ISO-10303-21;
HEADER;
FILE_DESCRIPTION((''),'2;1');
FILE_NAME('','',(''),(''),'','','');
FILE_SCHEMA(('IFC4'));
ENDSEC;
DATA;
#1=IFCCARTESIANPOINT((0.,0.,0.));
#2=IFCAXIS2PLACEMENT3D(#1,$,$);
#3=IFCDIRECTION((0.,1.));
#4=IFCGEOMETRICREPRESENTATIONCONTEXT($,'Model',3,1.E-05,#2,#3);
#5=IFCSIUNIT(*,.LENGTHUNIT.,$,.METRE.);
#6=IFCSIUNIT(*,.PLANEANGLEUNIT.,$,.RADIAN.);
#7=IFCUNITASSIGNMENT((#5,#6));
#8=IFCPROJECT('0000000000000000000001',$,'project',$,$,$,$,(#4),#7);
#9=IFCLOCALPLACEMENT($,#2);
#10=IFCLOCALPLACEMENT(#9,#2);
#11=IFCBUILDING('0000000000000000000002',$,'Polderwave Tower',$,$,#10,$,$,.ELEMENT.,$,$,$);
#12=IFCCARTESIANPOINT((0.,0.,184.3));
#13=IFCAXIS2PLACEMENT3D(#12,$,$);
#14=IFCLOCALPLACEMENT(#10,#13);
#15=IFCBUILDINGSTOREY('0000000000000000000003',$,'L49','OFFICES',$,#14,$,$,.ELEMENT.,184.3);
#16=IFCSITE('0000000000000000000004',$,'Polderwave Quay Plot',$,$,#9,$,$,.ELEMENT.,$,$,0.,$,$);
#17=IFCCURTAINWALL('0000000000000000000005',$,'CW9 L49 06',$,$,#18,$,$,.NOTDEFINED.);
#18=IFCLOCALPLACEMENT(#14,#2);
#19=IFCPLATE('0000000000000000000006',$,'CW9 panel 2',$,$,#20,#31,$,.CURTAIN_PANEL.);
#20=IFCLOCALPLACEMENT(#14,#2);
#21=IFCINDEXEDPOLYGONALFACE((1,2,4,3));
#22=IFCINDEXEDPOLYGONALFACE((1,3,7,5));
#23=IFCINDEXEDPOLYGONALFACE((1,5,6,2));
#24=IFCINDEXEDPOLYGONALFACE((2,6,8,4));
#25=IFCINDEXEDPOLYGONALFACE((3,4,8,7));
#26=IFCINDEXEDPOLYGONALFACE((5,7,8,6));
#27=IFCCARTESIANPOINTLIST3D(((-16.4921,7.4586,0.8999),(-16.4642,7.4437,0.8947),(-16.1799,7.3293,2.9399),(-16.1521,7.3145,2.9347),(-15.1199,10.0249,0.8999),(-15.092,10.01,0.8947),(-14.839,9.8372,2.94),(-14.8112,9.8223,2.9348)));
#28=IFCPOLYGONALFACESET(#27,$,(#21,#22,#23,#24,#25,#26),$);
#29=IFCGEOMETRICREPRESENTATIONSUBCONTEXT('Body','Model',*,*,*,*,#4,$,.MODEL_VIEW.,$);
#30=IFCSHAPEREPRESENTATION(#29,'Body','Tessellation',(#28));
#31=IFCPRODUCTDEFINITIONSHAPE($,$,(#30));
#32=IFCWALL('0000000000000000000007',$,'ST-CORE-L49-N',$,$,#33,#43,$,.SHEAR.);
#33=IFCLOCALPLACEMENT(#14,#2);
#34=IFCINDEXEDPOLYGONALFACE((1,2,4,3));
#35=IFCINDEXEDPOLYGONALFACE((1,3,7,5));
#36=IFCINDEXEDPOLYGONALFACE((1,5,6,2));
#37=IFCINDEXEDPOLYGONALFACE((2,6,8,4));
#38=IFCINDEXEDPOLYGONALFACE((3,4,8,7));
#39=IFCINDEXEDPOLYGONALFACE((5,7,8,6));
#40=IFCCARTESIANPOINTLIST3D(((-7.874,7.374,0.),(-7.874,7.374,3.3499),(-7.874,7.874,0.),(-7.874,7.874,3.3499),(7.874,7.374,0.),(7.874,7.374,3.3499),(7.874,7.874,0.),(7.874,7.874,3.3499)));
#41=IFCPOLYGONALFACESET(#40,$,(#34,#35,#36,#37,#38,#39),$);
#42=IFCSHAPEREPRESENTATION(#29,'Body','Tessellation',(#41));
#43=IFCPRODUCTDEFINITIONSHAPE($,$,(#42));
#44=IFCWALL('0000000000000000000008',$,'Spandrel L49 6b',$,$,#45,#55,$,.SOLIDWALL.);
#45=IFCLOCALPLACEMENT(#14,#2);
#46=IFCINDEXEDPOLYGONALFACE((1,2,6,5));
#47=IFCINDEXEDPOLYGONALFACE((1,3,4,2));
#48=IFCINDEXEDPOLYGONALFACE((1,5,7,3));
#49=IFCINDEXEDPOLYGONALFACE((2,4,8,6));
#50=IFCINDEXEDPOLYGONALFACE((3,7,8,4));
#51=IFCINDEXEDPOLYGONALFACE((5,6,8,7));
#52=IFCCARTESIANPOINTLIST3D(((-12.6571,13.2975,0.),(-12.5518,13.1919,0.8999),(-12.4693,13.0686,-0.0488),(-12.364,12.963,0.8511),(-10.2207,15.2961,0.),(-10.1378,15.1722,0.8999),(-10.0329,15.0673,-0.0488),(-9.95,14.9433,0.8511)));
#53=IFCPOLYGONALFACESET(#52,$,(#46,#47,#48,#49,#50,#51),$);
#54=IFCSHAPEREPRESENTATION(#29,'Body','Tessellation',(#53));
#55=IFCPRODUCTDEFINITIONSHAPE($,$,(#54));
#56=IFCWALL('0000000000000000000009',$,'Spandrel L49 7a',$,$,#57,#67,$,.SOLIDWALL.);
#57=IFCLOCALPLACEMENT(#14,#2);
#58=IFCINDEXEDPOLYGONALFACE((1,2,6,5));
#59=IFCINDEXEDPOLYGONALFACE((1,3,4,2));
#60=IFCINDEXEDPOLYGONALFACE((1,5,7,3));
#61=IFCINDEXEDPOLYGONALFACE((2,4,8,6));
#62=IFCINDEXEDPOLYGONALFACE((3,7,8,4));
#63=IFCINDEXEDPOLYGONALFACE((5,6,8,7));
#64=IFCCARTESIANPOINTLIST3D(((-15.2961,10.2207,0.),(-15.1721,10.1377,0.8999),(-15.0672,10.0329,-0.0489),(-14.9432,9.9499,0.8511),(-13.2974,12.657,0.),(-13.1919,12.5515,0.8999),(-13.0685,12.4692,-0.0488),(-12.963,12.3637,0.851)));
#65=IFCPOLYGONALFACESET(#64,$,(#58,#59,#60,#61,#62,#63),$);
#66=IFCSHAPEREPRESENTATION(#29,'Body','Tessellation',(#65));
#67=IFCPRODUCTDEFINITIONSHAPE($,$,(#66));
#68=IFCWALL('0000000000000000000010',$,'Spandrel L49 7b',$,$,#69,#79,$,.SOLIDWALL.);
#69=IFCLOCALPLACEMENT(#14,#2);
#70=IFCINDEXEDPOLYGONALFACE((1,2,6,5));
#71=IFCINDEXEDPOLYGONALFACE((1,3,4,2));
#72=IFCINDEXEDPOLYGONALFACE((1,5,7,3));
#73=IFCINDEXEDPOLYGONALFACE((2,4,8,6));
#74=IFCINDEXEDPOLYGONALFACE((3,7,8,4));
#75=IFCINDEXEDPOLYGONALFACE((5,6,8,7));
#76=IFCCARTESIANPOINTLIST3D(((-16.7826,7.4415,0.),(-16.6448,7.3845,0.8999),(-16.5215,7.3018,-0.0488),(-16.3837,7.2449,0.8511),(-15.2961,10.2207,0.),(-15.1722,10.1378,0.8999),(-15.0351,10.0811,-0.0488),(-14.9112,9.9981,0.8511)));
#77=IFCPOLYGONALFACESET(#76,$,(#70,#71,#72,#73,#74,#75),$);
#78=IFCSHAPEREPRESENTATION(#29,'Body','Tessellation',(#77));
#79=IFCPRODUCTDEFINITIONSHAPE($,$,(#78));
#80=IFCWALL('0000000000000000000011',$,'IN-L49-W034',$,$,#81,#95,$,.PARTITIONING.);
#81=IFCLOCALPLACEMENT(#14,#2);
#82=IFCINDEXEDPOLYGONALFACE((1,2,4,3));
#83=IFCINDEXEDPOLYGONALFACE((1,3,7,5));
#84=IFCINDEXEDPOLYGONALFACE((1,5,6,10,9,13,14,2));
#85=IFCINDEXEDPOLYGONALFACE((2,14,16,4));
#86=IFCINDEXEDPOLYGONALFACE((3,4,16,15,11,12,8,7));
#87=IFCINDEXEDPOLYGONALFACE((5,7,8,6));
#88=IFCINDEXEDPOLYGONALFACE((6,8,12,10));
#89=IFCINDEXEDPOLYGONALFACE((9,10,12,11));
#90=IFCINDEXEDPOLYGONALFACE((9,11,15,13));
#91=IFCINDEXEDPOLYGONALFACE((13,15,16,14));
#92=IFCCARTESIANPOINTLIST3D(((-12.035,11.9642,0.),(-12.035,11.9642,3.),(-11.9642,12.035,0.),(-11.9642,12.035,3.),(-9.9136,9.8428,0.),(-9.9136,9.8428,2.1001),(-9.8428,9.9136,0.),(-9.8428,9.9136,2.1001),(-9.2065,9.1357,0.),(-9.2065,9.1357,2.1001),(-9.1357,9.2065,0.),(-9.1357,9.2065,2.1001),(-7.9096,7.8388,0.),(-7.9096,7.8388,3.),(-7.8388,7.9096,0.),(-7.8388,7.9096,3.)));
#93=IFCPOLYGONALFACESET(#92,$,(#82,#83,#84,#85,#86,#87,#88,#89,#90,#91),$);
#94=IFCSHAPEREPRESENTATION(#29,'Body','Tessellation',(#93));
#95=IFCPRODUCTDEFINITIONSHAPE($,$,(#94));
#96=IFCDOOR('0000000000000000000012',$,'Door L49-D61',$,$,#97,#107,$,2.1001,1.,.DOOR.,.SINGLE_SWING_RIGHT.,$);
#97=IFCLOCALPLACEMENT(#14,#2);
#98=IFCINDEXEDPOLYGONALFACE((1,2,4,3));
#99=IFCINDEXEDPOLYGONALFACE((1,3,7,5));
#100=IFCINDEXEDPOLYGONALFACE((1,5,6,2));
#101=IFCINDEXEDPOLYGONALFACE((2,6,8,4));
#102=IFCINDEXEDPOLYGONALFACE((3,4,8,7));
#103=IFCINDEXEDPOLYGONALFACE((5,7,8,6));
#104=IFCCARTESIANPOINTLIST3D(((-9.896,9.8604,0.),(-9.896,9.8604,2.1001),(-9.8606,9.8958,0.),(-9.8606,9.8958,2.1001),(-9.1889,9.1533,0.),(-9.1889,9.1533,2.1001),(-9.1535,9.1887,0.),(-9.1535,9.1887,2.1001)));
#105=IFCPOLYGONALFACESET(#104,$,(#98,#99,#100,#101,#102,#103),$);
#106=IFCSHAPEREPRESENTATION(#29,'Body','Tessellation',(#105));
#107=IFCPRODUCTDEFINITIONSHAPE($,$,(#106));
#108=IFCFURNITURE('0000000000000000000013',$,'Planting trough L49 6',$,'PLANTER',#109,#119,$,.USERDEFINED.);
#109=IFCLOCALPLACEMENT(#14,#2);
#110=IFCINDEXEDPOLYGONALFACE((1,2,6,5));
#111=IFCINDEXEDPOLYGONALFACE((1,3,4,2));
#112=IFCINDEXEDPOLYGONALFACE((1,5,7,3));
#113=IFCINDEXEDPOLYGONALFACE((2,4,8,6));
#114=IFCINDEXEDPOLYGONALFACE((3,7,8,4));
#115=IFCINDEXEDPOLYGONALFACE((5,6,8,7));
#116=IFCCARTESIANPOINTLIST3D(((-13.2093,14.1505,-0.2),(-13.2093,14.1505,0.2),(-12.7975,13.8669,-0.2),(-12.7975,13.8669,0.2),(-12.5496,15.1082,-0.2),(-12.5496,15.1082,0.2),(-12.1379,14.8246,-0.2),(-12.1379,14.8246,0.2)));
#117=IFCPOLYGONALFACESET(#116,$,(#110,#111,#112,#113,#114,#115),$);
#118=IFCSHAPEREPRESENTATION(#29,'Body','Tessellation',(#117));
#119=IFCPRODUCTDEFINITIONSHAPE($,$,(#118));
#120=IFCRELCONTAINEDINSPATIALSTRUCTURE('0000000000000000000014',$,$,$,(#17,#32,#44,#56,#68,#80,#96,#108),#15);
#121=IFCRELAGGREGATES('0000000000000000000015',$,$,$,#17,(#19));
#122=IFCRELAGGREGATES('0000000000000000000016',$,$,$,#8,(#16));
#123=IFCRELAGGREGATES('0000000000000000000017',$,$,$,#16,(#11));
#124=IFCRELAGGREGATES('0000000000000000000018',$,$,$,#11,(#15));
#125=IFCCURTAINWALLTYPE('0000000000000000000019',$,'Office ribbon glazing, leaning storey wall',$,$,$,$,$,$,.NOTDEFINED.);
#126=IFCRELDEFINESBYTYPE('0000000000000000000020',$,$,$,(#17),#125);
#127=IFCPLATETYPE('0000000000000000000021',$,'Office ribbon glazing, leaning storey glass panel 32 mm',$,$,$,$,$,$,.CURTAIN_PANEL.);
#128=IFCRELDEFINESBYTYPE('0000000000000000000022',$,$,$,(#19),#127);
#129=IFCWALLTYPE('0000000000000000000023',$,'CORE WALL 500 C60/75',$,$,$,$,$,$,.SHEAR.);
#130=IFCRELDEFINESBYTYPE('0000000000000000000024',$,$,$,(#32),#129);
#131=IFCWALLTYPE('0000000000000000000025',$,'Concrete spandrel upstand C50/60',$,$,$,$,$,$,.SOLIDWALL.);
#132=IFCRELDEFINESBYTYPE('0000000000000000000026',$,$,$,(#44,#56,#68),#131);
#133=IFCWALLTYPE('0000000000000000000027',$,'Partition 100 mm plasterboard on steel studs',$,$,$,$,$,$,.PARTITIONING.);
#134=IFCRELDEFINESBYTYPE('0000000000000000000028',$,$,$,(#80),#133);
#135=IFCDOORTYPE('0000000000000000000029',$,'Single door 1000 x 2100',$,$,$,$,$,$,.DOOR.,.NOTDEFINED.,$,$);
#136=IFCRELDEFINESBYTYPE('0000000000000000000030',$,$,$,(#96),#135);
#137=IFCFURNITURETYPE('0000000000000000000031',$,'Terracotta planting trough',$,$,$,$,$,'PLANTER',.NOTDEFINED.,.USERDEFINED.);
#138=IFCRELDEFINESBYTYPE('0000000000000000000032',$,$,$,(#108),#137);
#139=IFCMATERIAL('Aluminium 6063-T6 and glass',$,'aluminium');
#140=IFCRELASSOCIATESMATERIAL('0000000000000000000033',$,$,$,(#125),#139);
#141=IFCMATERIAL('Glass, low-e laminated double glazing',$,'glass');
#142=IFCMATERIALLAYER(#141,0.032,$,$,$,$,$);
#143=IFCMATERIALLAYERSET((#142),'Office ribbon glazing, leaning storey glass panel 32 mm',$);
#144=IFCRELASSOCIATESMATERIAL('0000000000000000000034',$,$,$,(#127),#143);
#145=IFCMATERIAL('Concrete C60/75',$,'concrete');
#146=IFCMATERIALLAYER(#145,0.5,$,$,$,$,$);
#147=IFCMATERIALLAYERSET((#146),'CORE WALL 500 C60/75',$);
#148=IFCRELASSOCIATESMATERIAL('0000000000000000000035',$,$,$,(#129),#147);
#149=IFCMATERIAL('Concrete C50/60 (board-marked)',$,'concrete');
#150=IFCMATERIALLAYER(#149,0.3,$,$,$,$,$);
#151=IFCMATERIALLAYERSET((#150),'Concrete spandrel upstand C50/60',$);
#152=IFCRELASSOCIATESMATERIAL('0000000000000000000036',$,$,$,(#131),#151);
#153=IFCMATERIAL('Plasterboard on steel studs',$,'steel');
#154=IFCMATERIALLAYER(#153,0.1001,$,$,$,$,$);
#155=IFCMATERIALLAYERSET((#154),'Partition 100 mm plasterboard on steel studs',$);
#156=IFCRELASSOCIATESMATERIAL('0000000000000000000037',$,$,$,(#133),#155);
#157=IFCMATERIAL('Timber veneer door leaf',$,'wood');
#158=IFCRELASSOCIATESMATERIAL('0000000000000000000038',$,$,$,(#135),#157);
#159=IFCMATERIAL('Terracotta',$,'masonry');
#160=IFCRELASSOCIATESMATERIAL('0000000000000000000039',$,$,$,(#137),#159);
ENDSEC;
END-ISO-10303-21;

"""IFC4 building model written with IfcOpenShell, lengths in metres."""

from ifc_helpers import new_model, si_unit, direction, frame, frame_2d, origin, origin_2d, place, context, subcontext, project, spatial, polyline, rectangle, outline, extrude, material, layer, layer_set, type_object, element, fill, aggregate, save


model = new_model("IFC4")

# Units and contexts
model_context = context("Model", 3, precision=1e-05, world=origin(), true_north=direction((0.0, 1.0)))
body_context = subcontext(model_context, "Body", "Model", "MODEL_VIEW")
ifc_project = project(units=[si_unit("LENGTHUNIT", "METRE"), si_unit("PLANEANGLEUNIT", "RADIAN")], contexts=[model_context])

# Site, building, storey
site_placement = place(None, origin())
site = spatial("IfcSite", under=ifc_project, at=site_placement, Name="Polderwave Quay Plot", CompositionType="ELEMENT", RefElevation=0.0)
building_placement = place(site_placement, origin())
building = spatial("IfcBuilding", under=site, at=building_placement, Name="Polderwave Tower", CompositionType="ELEMENT")
storey_placement = place(building_placement, frame((0.0, 0.0, 184.3)))
storey = spatial("IfcBuildingStorey", under=building, at=storey_placement, Name="L49", Description="OFFICES", CompositionType="ELEMENT", Elevation=184.3)

# Shared definitions
ifc_material_1 = material(Name="Concrete C60/75", Category="concrete")

# Curtain wall
ifc_material_2 = material(Name="Aluminium 6063-T6 and glass", Category="aluminium")
curtain_wall_type = type_object("IfcCurtainWallType", Name="Office ribbon glazing, leaning storey wall", PredefinedType="NOTDEFINED", material=ifc_material_2)
curtain_wall_1_placement = place(storey_placement, origin())
curtain_wall_1 = element("IfcCurtainWall", 1, at=curtain_wall_1_placement, inside=storey, type_object=curtain_wall_type, Name="CW9 L49 06", PredefinedType="NOTDEFINED")

# Plate
ifc_material_3 = material(Name="Glass, low-e laminated double glazing", Category="glass")
ifc_layer_1 = layer(ifc_material_3, 0.032)
ifc_layer_set_1 = layer_set([ifc_layer_1], Name="Office ribbon glazing, leaning storey glass panel 32 mm")
plate_type = type_object("IfcPlateType", Name="Office ribbon glazing, leaning storey glass panel 32 mm", PredefinedType="CURTAIN_PANEL", material=ifc_layer_set_1)
plate_1_placement = place(storey_placement, frame((-15.1199, 10.0249, 0.8999), z_axis=(-0.87012, 0.465244, 0.162602), x_axis=(-0.471518, -0.881856, 0.000008)))
plate_1 = element("IfcPlate", 2, at=plate_1_placement, type_object=plate_type, Name="CW9 panel 2", PredefinedType="CURTAIN_PANEL", context=body_context, shape_type="SweptSolid", body=[
    extrude(outline(polyline([(0.0, 0.0), (2.9102, 0.0), (2.8769, 2.0675), (0.0331, 2.0676), (0.0, 0.0)])), origin(), (0.0, 0.0, -1.0), 0.032),
])
aggregate(curtain_wall_1, [plate_1])

# Walls
ifc_layer_2 = layer(ifc_material_1, 0.5)
ifc_layer_set_2 = layer_set([ifc_layer_2], Name="CORE WALL 500 C60/75")
wall_type_1 = type_object("IfcWallType", Name="CORE WALL 500 C60/75", PredefinedType="SHEAR", material=ifc_layer_set_2)
wall_1_placement = place(storey_placement, frame((-7.874, 7.624, 0.0), z_axis=(0.0, 0.0, 1.0), x_axis=(1.0, 0.0, 0.0)))
element("IfcWall", 3, at=wall_1_placement, inside=storey, type_object=wall_type_1, Name="ST-CORE-L49-N", PredefinedType="SHEAR", context=body_context, shape_type="SweptSolid", body=[
    extrude(rectangle(XDim=15.748, YDim=0.5, at=frame_2d((7.874, 0.0))), origin(), (0.0, 0.0, 1.0), 3.3499),
])
ifc_material_4 = material(Name="Concrete C50/60 (board-marked)", Category="concrete")
ifc_layer_3 = layer(ifc_material_4, 0.3)
ifc_layer_set_3 = layer_set([ifc_layer_3], Name="Concrete spandrel upstand C50/60")
wall_type_2 = type_object("IfcWallType", Name="Concrete spandrel upstand C50/60", PredefinedType="SOLIDWALL", material=ifc_layer_set_3)
wall_2_placement = place(storey_placement, frame((-10.2207, 15.2961, 0.0), z_axis=(-0.625791, 0.762829, 0.162716), x_axis=(-0.773132, -0.634245, 0.000006)))
element("IfcWall", 4, at=wall_2_placement, inside=storey, type_object=wall_type_2, Name="Spandrel L49 6b", PredefinedType="SOLIDWALL", context=body_context, shape_type="SweptSolid", body=[
    extrude(outline(polyline([(0.0, 0.0), (3.1513, 0.0), (3.1368, 0.912), (0.0145, 0.9121), (0.0, 0.0)])), origin(), (0.0, 0.0, -1.0), 0.3),
])
wall_3_placement = place(storey_placement, frame((-13.2974, 12.657, 0.0), z_axis=(-0.762803, 0.625801, 0.162799), x_axis=(-0.634263, -0.773117, -0.000003)))
element("IfcWall", 5, at=wall_3_placement, inside=storey, type_object=wall_type_2, Name="Spandrel L49 7a", PredefinedType="SOLIDWALL", context=body_context, shape_type="SweptSolid", body=[
    extrude(outline(polyline([(0.0, 0.0), (3.1513, 0.0), (3.1368, 0.9121), (0.0146, 0.9121), (0.0, 0.0)])), origin(), (0.0, 0.0, -1.0), 0.3),
])
wall_4_placement = place(storey_placement, frame((-15.2961, 10.2207, 0.0), z_axis=(-0.870053, 0.465339, 0.162688), x_axis=(-0.471621, -0.881801, 0.000007)))
element("IfcWall", 6, at=wall_4_placement, inside=storey, type_object=wall_type_2, Name="Spandrel L49 7b", PredefinedType="SOLIDWALL", context=body_context, shape_type="SweptSolid", body=[
    extrude(outline(polyline([(0.0, 0.0), (3.1518, 0.0), (3.137, 0.912), (0.0147, 0.9121), (0.0, 0.0)])), origin(), (0.0, 0.0, -1.0), 0.3),
])

# Wall, opening, door
ifc_material_5 = material(Name="Plasterboard on steel studs", Category="steel")
ifc_layer_4 = layer(ifc_material_5, 0.1001)
ifc_layer_set_4 = layer_set([ifc_layer_4], Name="Partition 100 mm plasterboard on steel studs")
wall_type_3 = type_object("IfcWallType", Name="Partition 100 mm plasterboard on steel studs", PredefinedType="PARTITIONING", material=ifc_layer_set_4)
wall_5_placement = place(storey_placement, frame((-11.9995, 11.9995, 0.0), z_axis=(0.0, 0.0, 1.0), x_axis=(0.707107, -0.707107, 0.0)))
wall_5 = element("IfcWall", 7, at=wall_5_placement, inside=storey, type_object=wall_type_3, Name="IN-L49-W034", PredefinedType="PARTITIONING", context=body_context, shape_type="SweptSolid", body=[
    extrude(rectangle(XDim=5.8342, YDim=0.1001, at=frame_2d((2.917, 0.0))), origin(), (0.0, 0.0, 1.0), 3.0),
])
opening_placement = place(wall_5_placement, frame((3.0, 0.0, 0.0)))
opening = element("IfcOpeningElement", 8, at=opening_placement, cuts=wall_5, PredefinedType="OPENING", context=body_context, shape_type="SweptSolid", body=[
    extrude(rectangle(XDim=1.0, YDim=2.1001, at=frame_2d((0.5, 1.05))), frame((0.0, 0.0601, 0.0), z_axis=(0.0, -1.0, 0.0), x_axis=(1.0, 0.0, 0.0)), (0.0, 0.0, 1.0), 0.1201),
])
ifc_material_6 = material(Name="Timber veneer door leaf", Category="wood")
door_type = type_object("IfcDoorType", Name="Single door 1000 x 2100", OperationType="NOTDEFINED", PredefinedType="DOOR", material=ifc_material_6)
door_placement = place(opening_placement, origin())
door = element("IfcDoor", 9, at=door_placement, inside=storey, type_object=door_type, Name="Door L49-D61", OperationType="SINGLE_SWING_RIGHT", OverallHeight=2.1001, OverallWidth=1.0, PredefinedType="DOOR", context=body_context, shape_type="SweptSolid", body=[
    extrude(rectangle(XDim=1.0, YDim=2.1001, at=frame_2d((0.5, 1.05))), frame((0.0, 0.0249, 0.0), z_axis=(0.0, -1.0, 0.0), x_axis=(1.0, 0.0, 0.0)), (0.0, 0.0, 1.0), 0.05),
])
fill(opening, door)

# Furniture
ifc_material_7 = material(Name="Terracotta", Category="masonry")
furniture_type = type_object("IfcFurnitureType", Name="Terracotta planting trough", ElementType="PLANTER", AssemblyPlace="NOTDEFINED", PredefinedType="USERDEFINED", material=ifc_material_7)
furniture_placement = place(storey_placement, frame((-12.6736, 14.4875, -0.2), z_axis=(0.0, 0.0, 1.0), x_axis=(-0.567263, -0.823537, 0.0)))
element("IfcFurniture", 10, at=furniture_placement, inside=storey, type_object=furniture_type, Name="Planting trough L49 6", ObjectType="PLANTER", PredefinedType="USERDEFINED", context=body_context, shape_type="SweptSolid", body=[
    extrude(rectangle(XDim=1.1628, YDim=0.5, at=origin_2d()), origin(), (0.0, 0.0, 1.0), 0.3999),
])

save(model, "model.ifc")
